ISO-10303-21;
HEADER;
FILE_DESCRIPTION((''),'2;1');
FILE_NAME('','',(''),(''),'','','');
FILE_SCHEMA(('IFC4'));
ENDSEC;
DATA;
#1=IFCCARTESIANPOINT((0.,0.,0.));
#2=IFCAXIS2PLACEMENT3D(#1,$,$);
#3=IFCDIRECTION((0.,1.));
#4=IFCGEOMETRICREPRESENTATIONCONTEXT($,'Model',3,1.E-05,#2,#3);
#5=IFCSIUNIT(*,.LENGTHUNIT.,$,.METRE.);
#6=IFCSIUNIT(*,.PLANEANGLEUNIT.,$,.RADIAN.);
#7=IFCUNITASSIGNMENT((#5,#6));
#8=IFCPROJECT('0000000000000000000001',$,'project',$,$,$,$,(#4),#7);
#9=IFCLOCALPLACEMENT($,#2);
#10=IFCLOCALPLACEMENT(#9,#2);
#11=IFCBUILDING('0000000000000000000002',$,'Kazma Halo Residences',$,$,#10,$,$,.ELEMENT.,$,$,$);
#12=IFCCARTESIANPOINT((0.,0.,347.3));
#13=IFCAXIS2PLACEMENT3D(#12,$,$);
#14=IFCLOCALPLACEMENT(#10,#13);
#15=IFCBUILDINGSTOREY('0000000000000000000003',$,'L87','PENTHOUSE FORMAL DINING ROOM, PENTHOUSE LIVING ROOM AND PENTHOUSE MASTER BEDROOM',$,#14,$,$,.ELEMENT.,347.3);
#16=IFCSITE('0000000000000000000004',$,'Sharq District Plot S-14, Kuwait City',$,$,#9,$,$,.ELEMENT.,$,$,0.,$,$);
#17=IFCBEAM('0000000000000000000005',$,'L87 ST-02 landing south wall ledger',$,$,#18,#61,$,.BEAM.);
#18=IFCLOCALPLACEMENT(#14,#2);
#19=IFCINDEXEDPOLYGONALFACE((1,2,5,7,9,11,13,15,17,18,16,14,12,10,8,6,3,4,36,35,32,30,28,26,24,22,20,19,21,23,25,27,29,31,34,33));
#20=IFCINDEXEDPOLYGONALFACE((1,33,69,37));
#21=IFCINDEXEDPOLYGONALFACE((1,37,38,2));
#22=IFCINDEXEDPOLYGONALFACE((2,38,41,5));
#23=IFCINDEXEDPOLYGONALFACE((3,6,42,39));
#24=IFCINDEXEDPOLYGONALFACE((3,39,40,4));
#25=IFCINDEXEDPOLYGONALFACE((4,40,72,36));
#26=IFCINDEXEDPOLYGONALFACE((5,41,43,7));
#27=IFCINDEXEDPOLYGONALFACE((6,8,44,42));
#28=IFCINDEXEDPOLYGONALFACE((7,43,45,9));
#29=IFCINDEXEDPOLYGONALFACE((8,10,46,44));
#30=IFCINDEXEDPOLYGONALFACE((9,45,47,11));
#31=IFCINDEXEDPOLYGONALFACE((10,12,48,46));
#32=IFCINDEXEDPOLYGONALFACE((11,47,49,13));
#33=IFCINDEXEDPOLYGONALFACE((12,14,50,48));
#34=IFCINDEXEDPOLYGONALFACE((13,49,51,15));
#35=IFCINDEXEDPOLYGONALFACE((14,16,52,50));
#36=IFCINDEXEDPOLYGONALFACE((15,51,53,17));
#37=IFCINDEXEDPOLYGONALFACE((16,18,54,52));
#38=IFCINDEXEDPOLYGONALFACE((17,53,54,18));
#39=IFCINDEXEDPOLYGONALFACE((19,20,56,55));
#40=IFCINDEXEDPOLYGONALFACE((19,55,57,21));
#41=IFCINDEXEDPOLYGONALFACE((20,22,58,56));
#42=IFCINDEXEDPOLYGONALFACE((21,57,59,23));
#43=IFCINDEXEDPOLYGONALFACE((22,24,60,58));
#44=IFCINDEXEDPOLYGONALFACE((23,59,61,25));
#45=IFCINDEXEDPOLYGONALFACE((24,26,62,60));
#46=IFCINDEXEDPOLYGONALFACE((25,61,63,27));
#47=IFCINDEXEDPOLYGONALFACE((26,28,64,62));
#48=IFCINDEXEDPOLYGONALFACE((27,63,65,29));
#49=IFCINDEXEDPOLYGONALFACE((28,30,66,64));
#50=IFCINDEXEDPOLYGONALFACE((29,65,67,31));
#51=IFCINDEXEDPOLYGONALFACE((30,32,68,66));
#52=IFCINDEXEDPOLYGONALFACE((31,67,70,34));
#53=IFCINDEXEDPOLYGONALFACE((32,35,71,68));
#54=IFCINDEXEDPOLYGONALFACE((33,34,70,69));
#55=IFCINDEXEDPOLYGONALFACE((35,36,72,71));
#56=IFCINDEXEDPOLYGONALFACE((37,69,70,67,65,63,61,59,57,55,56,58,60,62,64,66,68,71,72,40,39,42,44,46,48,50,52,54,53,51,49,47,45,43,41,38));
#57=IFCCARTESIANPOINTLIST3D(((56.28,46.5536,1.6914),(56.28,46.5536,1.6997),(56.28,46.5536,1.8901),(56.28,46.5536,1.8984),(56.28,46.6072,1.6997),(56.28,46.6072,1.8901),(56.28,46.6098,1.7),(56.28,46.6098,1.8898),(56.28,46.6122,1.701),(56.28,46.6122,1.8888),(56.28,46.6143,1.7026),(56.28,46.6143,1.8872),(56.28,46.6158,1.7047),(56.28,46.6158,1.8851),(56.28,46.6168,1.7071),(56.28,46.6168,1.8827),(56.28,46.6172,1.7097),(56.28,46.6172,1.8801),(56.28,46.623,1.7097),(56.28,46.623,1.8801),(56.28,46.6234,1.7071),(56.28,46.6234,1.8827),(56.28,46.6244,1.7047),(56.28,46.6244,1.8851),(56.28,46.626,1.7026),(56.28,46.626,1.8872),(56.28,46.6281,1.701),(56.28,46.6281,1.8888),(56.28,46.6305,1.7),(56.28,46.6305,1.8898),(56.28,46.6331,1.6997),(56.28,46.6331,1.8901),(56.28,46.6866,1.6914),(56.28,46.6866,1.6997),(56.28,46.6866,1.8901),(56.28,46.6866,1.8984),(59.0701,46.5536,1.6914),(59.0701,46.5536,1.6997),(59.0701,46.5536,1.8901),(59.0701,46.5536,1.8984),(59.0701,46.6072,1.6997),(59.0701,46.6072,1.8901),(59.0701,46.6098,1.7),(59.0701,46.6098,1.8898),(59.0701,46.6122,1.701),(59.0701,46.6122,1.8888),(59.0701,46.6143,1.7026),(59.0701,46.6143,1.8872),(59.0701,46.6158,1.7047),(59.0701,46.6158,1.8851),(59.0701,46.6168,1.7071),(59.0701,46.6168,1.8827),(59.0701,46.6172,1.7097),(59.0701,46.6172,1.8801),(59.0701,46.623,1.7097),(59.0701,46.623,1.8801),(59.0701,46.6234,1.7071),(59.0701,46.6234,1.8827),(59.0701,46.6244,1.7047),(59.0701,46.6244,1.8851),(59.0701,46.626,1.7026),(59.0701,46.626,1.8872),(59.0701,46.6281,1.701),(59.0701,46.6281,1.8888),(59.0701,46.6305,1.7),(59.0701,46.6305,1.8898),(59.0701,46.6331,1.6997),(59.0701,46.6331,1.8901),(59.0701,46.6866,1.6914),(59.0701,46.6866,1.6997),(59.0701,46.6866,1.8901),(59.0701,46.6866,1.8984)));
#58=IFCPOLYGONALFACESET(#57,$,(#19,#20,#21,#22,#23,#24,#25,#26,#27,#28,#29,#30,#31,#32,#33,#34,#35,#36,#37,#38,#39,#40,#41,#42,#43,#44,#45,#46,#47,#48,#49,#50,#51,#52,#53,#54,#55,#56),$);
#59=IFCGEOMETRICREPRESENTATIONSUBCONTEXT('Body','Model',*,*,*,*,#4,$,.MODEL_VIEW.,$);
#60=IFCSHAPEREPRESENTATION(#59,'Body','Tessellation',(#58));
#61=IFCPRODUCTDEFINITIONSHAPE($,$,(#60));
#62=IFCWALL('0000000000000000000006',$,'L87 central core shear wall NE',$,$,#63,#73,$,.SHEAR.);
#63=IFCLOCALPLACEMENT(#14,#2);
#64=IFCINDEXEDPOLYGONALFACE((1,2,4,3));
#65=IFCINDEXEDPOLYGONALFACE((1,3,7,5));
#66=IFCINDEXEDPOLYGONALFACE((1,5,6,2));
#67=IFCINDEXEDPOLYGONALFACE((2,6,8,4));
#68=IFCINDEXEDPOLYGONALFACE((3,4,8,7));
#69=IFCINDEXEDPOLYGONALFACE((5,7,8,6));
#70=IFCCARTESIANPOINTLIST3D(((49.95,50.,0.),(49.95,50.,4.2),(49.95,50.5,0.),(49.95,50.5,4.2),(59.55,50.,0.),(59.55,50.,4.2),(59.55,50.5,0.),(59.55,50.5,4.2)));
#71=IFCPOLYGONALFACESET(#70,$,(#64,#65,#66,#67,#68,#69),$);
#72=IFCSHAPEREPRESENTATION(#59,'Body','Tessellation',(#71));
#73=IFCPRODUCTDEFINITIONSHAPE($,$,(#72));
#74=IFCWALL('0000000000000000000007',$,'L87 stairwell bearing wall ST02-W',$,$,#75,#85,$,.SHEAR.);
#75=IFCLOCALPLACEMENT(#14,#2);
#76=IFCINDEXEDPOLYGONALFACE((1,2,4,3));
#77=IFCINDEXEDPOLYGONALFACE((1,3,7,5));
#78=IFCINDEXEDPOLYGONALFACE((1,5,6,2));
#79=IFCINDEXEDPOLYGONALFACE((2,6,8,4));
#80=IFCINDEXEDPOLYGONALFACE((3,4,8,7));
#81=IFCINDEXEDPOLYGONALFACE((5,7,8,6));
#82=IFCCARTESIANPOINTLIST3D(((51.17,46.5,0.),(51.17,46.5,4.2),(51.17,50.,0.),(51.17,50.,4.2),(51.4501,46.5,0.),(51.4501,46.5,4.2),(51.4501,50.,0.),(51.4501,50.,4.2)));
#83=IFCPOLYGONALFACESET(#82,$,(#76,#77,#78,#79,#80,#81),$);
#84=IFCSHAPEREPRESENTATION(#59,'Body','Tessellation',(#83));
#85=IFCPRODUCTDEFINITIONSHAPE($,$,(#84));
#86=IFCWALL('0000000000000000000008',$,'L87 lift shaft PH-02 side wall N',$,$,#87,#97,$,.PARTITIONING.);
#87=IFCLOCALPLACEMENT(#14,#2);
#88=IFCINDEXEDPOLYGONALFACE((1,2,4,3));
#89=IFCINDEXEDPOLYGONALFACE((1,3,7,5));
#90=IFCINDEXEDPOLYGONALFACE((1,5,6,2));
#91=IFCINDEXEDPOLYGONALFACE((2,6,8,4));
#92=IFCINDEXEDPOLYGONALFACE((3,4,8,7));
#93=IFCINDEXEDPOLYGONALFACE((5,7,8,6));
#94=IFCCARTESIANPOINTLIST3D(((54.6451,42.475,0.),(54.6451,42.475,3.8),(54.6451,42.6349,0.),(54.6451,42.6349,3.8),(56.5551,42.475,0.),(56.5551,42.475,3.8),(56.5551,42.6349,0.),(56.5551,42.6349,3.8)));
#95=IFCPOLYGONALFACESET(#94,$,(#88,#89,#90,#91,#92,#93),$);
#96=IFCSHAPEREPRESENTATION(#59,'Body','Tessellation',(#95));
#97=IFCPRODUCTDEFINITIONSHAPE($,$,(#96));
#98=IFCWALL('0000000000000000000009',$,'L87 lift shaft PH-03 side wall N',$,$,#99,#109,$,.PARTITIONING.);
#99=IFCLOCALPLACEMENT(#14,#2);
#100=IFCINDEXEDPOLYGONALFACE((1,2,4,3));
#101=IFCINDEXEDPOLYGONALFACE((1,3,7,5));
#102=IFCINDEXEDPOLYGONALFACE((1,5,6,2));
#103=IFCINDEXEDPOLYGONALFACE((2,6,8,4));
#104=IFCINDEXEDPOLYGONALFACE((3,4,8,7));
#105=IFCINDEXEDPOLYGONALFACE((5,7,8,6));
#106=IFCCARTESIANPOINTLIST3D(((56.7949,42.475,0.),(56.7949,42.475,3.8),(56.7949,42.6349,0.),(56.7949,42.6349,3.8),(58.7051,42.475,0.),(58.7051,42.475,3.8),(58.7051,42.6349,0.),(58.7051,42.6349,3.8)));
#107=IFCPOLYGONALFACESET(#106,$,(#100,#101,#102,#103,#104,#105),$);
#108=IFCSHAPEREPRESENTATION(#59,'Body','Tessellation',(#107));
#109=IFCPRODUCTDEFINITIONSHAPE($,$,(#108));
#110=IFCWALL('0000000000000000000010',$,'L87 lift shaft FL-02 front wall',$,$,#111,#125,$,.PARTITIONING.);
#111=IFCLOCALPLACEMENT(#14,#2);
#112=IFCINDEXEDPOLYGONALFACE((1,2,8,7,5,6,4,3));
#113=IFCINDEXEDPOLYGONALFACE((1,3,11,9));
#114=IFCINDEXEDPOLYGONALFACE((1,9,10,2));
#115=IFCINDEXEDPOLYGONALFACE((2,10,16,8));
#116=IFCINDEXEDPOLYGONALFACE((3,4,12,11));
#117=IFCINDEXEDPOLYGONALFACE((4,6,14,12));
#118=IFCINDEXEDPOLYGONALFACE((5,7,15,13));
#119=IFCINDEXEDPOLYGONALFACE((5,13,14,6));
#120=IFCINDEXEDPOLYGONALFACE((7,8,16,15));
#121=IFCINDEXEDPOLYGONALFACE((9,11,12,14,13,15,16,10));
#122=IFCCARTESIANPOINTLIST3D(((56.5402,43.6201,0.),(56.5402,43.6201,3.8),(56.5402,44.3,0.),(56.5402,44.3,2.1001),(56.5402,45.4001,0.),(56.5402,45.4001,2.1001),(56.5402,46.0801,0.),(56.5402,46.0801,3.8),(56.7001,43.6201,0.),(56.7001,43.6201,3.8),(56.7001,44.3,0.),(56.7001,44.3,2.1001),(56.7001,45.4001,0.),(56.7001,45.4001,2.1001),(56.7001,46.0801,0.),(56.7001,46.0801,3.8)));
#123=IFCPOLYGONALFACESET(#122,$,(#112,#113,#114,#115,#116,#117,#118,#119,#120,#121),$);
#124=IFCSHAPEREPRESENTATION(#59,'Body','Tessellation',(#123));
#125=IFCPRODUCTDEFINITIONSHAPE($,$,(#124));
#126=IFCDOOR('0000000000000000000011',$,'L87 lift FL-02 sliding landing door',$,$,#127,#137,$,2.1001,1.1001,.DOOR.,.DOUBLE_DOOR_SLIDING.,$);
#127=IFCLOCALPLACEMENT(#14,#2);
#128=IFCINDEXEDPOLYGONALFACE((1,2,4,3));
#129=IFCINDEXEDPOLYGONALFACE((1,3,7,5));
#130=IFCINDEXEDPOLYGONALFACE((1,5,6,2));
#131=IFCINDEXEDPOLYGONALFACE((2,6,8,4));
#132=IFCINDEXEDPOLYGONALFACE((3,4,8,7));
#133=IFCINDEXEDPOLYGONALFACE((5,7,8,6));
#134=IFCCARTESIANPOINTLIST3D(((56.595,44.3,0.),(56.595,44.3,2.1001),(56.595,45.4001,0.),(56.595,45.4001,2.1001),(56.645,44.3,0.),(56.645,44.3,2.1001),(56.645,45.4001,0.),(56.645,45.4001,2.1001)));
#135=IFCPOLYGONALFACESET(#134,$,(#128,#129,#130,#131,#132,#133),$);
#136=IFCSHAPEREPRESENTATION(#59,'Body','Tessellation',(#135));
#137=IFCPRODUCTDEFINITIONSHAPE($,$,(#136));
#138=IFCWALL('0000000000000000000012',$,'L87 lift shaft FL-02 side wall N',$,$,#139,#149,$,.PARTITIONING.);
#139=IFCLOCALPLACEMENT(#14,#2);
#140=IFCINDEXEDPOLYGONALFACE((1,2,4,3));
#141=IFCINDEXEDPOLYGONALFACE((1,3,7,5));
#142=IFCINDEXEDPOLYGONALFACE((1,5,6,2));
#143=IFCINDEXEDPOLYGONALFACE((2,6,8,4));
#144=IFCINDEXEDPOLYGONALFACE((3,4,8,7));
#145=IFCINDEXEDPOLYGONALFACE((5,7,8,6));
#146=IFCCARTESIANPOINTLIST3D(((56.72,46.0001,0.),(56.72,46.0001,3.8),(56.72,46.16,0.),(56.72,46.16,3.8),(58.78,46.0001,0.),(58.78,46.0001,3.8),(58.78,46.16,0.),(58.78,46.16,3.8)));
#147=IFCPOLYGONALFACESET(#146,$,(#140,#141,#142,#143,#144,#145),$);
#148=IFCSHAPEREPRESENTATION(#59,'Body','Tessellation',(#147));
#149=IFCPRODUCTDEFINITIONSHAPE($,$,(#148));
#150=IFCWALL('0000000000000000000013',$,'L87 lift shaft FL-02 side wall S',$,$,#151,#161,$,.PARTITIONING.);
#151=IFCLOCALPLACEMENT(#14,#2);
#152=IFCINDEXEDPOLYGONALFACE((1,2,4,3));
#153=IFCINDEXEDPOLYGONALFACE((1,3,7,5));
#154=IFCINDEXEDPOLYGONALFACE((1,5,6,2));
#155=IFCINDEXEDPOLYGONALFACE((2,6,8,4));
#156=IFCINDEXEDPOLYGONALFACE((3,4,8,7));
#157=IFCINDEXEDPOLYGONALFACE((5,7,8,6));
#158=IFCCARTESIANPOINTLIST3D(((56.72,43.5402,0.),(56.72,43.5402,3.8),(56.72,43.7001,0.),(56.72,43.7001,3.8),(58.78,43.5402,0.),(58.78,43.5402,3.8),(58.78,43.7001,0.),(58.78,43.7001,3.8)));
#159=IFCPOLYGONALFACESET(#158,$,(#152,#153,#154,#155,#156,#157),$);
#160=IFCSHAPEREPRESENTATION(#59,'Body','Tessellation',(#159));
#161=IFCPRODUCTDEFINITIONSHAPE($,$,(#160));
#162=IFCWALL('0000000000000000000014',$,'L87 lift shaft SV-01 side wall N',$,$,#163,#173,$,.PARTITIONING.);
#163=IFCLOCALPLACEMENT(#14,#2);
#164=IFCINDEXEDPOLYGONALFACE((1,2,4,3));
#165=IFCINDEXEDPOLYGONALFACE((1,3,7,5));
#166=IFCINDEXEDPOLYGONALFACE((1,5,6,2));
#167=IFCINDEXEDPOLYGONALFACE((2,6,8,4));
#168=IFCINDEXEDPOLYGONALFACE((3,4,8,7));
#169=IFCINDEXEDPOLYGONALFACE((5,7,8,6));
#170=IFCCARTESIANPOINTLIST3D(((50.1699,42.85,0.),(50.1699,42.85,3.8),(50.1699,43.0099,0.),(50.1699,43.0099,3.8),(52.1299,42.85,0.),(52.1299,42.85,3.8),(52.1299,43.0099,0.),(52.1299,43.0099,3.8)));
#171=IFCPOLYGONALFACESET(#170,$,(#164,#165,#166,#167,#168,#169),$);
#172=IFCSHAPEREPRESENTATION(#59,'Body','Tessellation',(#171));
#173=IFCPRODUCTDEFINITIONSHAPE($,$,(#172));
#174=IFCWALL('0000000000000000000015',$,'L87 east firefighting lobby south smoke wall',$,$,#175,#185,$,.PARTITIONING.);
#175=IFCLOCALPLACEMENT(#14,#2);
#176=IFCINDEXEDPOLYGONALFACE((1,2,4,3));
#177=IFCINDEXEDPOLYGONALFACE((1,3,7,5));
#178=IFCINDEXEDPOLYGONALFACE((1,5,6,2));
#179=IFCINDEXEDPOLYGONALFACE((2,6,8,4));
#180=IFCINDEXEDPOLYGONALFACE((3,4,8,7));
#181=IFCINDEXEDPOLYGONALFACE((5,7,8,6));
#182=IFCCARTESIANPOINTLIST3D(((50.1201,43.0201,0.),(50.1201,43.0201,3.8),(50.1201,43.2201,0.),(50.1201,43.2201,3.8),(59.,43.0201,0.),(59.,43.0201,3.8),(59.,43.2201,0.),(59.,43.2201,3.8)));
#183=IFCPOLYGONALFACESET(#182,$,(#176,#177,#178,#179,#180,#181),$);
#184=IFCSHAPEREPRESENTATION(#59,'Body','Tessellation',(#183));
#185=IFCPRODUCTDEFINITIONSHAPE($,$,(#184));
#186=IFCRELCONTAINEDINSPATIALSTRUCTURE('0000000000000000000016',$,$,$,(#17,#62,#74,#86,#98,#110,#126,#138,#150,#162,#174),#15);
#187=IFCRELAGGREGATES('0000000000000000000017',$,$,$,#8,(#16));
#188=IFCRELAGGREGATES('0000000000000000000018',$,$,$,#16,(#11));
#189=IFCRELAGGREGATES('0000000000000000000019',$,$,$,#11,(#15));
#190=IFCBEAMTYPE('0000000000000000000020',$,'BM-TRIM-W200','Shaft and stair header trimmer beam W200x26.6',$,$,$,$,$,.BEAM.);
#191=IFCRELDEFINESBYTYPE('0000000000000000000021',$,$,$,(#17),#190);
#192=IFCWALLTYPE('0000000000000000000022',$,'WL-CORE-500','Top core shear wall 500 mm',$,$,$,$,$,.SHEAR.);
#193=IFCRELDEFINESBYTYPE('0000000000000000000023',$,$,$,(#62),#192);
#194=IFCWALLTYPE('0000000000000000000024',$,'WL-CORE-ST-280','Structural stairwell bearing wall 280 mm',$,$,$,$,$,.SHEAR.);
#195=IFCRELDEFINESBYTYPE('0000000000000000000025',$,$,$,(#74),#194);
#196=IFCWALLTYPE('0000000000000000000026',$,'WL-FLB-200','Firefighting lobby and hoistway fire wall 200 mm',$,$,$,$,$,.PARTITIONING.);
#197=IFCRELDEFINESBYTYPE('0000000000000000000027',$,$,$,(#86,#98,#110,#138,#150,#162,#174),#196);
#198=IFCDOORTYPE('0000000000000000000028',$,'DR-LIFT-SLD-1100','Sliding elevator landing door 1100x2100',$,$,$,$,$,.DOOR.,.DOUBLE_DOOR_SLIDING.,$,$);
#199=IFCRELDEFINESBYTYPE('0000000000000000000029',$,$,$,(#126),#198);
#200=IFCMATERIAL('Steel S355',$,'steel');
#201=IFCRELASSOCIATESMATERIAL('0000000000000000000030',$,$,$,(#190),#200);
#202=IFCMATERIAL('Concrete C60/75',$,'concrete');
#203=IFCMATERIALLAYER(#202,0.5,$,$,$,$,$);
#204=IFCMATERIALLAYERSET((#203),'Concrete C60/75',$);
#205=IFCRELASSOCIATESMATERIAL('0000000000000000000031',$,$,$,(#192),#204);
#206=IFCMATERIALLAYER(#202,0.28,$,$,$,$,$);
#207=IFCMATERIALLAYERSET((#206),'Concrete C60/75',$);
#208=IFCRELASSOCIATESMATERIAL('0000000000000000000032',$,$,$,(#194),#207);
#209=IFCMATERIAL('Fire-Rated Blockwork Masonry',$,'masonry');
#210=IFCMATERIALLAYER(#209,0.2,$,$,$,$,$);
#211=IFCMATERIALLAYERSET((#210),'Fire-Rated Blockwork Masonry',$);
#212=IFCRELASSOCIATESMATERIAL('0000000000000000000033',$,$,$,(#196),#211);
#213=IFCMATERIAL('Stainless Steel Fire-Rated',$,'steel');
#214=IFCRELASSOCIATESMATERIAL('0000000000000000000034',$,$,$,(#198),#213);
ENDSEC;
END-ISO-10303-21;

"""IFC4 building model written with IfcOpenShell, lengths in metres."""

from ifc_helpers import new_model, si_unit, direction, frame, frame_2d, origin, origin_2d, place, context, subcontext, project, spatial, rectangle, i_section, extrude, material, layer, layer_set, material_profile, profile_set, type_object, element, fill, save


model = new_model("IFC4")

# Units and contexts
model_context = context("Model", 3, precision=1e-05, world=origin(), true_north=direction((0.0, 1.0)))
body_context = subcontext(model_context, "Body", "Model", "MODEL_VIEW")
ifc_project = project(units=[si_unit("LENGTHUNIT", "METRE"), si_unit("PLANEANGLEUNIT", "RADIAN")], contexts=[model_context])

# Site, building, storey
site_placement = place(None, origin())
site = spatial("IfcSite", under=ifc_project, at=site_placement, Name="Sharq District Plot S-14, Kuwait City", CompositionType="ELEMENT", RefElevation=0.0)
building_placement = place(site_placement, origin())
building = spatial("IfcBuilding", under=site, at=building_placement, Name="Kazma Halo Residences", CompositionType="ELEMENT")
storey_placement = place(building_placement, frame((0.0, 0.0, 347.3)))
storey = spatial("IfcBuildingStorey", under=building, at=storey_placement, Name="L87", Description="PENTHOUSE FORMAL DINING ROOM, PENTHOUSE LIVING ROOM AND PENTHOUSE MASTER BEDROOM", CompositionType="ELEMENT", Elevation=347.3)

# Shared definitions
ifc_material_1 = material(Name="Steel S355", Category="steel")

# Beam
ifc_material_profile_1 = material_profile(ifc_material_1, i_section(OverallWidth=0.1331, OverallDepth=0.207, WebThickness=0.0059, FlangeThickness=0.0083, FilletRadius=0.01, at=origin_2d()), Name="W200x26.6")
ifc_profile_set_1 = profile_set([ifc_material_profile_1], Name="Steel S355")
beam_type = type_object("IfcBeamType", Name="BM-TRIM-W200", Description="Shaft and stair header trimmer beam W200x26.6", PredefinedType="BEAM", material=ifc_profile_set_1)
beam_1_placement = place(storey_placement, frame((56.28, 46.6201, 1.7949), z_axis=(1.0, 0.0, 0.0), x_axis=(0.0, 1.0, 0.0)))
element("IfcBeam", 1, at=beam_1_placement, inside=storey, type_object=beam_type, Name="L87 ST-02 landing south wall ledger", PredefinedType="BEAM", context=body_context, shape_type="SweptSolid", body=[
    extrude(i_section(OverallWidth=0.1331, OverallDepth=0.207, WebThickness=0.0059, FlangeThickness=0.0083, FilletRadius=0.01, at=origin_2d()), origin(), (0.0, 0.0, 1.0), 2.79),
])

# Walls
ifc_material_2 = material(Name="Concrete C60/75", Category="concrete")
ifc_layer_1 = layer(ifc_material_2, 0.5)
ifc_layer_set_1 = layer_set([ifc_layer_1], Name="Concrete C60/75")
wall_type_1 = type_object("IfcWallType", Name="WL-CORE-500", Description="Top core shear wall 500 mm", PredefinedType="SHEAR", material=ifc_layer_set_1)
wall_1_placement = place(storey_placement, frame((49.95, 50.25, 0.0), z_axis=(0.0, 0.0, 1.0), x_axis=(1.0, 0.0, 0.0)))
element("IfcWall", 2, at=wall_1_placement, inside=storey, type_object=wall_type_1, Name="L87 central core shear wall NE", PredefinedType="SHEAR", context=body_context, shape_type="SweptSolid", body=[
    extrude(rectangle(XDim=9.6001, YDim=0.5, at=frame_2d((4.8, 0.0))), origin(), (0.0, 0.0, 1.0), 4.2),
])
ifc_layer_2 = layer(ifc_material_2, 0.28)
ifc_layer_set_2 = layer_set([ifc_layer_2], Name="Concrete C60/75")
wall_type_2 = type_object("IfcWallType", Name="WL-CORE-ST-280", Description="Structural stairwell bearing wall 280 mm", PredefinedType="SHEAR", material=ifc_layer_set_2)
wall_2_placement = place(storey_placement, frame((51.3101, 46.5, 0.0), z_axis=(0.0, 0.0, 1.0), x_axis=(0.0, 1.0, 0.0)))
element("IfcWall", 3, at=wall_2_placement, inside=storey, type_object=wall_type_2, Name="L87 stairwell bearing wall ST02-W", PredefinedType="SHEAR", context=body_context, shape_type="SweptSolid", body=[
    extrude(rectangle(XDim=3.5, YDim=0.28, at=frame_2d((1.75, 0.0))), origin(), (0.0, 0.0, 1.0), 4.2),
])
ifc_material_3 = material(Name="Fire-Rated Blockwork Masonry", Category="masonry")
ifc_layer_3 = layer(ifc_material_3, 0.2)
ifc_layer_set_3 = layer_set([ifc_layer_3], Name="Fire-Rated Blockwork Masonry")
wall_type_3 = type_object("IfcWallType", Name="WL-FLB-200", Description="Firefighting lobby and hoistway fire wall 200 mm", PredefinedType="PARTITIONING", material=ifc_layer_set_3)
wall_3_placement = place(storey_placement, frame((54.645, 42.5549, 0.0), z_axis=(0.0, 0.0, 1.0), x_axis=(1.0, 0.0, 0.0)))
element("IfcWall", 4, at=wall_3_placement, inside=storey, type_object=wall_type_3, Name="L87 lift shaft PH-02 side wall N", PredefinedType="PARTITIONING", context=body_context, shape_type="SweptSolid", body=[
    extrude(rectangle(XDim=1.9099, YDim=0.1599, at=frame_2d((0.9551, 0.0))), origin(), (0.0, 0.0, 1.0), 3.8),
])
wall_4_placement = place(storey_placement, frame((56.7949, 42.5549, 0.0), z_axis=(0.0, 0.0, 1.0), x_axis=(1.0, 0.0, 0.0)))
element("IfcWall", 5, at=wall_4_placement, inside=storey, type_object=wall_type_3, Name="L87 lift shaft PH-03 side wall N", PredefinedType="PARTITIONING", context=body_context, shape_type="SweptSolid", body=[
    extrude(rectangle(XDim=1.9102, YDim=0.1599, at=frame_2d((0.9551, 0.0))), origin(), (0.0, 0.0, 1.0), 3.8),
])

# Wall, opening, door
wall_5_placement = place(storey_placement, frame((56.6201, 46.0801, 0.0), z_axis=(0.0, 0.0, 1.0), x_axis=(0.0, -1.0, 0.0)))
wall_5 = element("IfcWall", 6, at=wall_5_placement, inside=storey, type_object=wall_type_3, Name="L87 lift shaft FL-02 front wall", PredefinedType="PARTITIONING", context=body_context, shape_type="SweptSolid", body=[
    extrude(rectangle(XDim=2.46, YDim=0.1599, at=frame_2d((1.23, 0.0))), origin(), (0.0, 0.0, 1.0), 3.8),
])
opening_1_placement = place(wall_5_placement, frame((0.6799, 0.0, 0.0)))
opening_1 = element("IfcOpeningElement", 7, at=opening_1_placement, cuts=wall_5, PredefinedType="OPENING", context=body_context, shape_type="SweptSolid", body=[
    extrude(rectangle(XDim=1.1001, YDim=2.1001, at=frame_2d((0.55, 1.05))), frame((0.0, 0.0898, 0.0), z_axis=(0.0, -1.0, 0.0), x_axis=(1.0, 0.0, 0.0)), (0.0, 0.0, 1.0), 0.1799),
])
ifc_material_4 = material(Name="Stainless Steel Fire-Rated", Category="steel")
door_type_1 = type_object("IfcDoorType", Name="DR-LIFT-SLD-1100", Description="Sliding elevator landing door 1100x2100", OperationType="DOUBLE_DOOR_SLIDING", PredefinedType="DOOR", material=ifc_material_4)
door_1_placement = place(opening_1_placement, origin())
door_1 = element("IfcDoor", 8, at=door_1_placement, inside=storey, type_object=door_type_1, Name="L87 lift FL-02 sliding landing door", OperationType="DOUBLE_DOOR_SLIDING", OverallHeight=2.1001, OverallWidth=1.1001, PredefinedType="DOOR", context=body_context, shape_type="SweptSolid", body=[
    extrude(rectangle(XDim=1.1001, YDim=2.1001, at=frame_2d((0.55, 1.05))), frame((0.0, 0.0249, 0.0), z_axis=(0.0, -1.0, 0.0), x_axis=(1.0, 0.0, 0.0)), (0.0, 0.0, 1.0), 0.05),
])
fill(opening_1, door_1)

# Walls
for number, where, z_axis, x_axis, name in (
    (9, (56.72, 46.0801, 0.0), (0.0, 0.0, 1.0), (1.0, 0.0, 0.0), "L87 lift shaft FL-02 side wall N"),
    (10, (56.72, 43.6201, 0.0), (0.0, 0.0, 1.0), (1.0, 0.0, 0.0), "L87 lift shaft FL-02 side wall S"),
):
    element("IfcWall", number, at=place(storey_placement, frame(where, z_axis=z_axis, x_axis=x_axis)), inside=storey, type_object=wall_type_3, Name=name, PredefinedType="PARTITIONING", context=body_context, shape_type="SweptSolid", body=[
        extrude(rectangle(XDim=2.0601, YDim=0.1599, at=frame_2d((1.03, 0.0))), origin(), (0.0, 0.0, 1.0), 3.8),
    ])
wall_6_placement = place(storey_placement, frame((50.1699, 42.9299, 0.0), z_axis=(0.0, 0.0, 1.0), x_axis=(1.0, 0.0, 0.0)))
element("IfcWall", 11, at=wall_6_placement, inside=storey, type_object=wall_type_3, Name="L87 lift shaft SV-01 side wall N", PredefinedType="PARTITIONING", context=body_context, shape_type="SweptSolid", body=[
    extrude(rectangle(XDim=1.96, YDim=0.1599, at=frame_2d((0.98, 0.0))), origin(), (0.0, 0.0, 1.0), 3.8),
])
wall_7_placement = place(storey_placement, frame((50.1201, 43.1201, 0.0), z_axis=(0.0, 0.0, 1.0), x_axis=(1.0, 0.0, 0.0)))
element("IfcWall", 12, at=wall_7_placement, inside=storey, type_object=wall_type_3, Name="L87 east firefighting lobby south smoke wall", PredefinedType="PARTITIONING", context=body_context, shape_type="SweptSolid", body=[
    extrude(rectangle(XDim=8.8799, YDim=0.2, at=frame_2d((4.4399, 0.0))), origin(), (0.0, 0.0, 1.0), 3.8),
])

save(model, "model.ifc")
